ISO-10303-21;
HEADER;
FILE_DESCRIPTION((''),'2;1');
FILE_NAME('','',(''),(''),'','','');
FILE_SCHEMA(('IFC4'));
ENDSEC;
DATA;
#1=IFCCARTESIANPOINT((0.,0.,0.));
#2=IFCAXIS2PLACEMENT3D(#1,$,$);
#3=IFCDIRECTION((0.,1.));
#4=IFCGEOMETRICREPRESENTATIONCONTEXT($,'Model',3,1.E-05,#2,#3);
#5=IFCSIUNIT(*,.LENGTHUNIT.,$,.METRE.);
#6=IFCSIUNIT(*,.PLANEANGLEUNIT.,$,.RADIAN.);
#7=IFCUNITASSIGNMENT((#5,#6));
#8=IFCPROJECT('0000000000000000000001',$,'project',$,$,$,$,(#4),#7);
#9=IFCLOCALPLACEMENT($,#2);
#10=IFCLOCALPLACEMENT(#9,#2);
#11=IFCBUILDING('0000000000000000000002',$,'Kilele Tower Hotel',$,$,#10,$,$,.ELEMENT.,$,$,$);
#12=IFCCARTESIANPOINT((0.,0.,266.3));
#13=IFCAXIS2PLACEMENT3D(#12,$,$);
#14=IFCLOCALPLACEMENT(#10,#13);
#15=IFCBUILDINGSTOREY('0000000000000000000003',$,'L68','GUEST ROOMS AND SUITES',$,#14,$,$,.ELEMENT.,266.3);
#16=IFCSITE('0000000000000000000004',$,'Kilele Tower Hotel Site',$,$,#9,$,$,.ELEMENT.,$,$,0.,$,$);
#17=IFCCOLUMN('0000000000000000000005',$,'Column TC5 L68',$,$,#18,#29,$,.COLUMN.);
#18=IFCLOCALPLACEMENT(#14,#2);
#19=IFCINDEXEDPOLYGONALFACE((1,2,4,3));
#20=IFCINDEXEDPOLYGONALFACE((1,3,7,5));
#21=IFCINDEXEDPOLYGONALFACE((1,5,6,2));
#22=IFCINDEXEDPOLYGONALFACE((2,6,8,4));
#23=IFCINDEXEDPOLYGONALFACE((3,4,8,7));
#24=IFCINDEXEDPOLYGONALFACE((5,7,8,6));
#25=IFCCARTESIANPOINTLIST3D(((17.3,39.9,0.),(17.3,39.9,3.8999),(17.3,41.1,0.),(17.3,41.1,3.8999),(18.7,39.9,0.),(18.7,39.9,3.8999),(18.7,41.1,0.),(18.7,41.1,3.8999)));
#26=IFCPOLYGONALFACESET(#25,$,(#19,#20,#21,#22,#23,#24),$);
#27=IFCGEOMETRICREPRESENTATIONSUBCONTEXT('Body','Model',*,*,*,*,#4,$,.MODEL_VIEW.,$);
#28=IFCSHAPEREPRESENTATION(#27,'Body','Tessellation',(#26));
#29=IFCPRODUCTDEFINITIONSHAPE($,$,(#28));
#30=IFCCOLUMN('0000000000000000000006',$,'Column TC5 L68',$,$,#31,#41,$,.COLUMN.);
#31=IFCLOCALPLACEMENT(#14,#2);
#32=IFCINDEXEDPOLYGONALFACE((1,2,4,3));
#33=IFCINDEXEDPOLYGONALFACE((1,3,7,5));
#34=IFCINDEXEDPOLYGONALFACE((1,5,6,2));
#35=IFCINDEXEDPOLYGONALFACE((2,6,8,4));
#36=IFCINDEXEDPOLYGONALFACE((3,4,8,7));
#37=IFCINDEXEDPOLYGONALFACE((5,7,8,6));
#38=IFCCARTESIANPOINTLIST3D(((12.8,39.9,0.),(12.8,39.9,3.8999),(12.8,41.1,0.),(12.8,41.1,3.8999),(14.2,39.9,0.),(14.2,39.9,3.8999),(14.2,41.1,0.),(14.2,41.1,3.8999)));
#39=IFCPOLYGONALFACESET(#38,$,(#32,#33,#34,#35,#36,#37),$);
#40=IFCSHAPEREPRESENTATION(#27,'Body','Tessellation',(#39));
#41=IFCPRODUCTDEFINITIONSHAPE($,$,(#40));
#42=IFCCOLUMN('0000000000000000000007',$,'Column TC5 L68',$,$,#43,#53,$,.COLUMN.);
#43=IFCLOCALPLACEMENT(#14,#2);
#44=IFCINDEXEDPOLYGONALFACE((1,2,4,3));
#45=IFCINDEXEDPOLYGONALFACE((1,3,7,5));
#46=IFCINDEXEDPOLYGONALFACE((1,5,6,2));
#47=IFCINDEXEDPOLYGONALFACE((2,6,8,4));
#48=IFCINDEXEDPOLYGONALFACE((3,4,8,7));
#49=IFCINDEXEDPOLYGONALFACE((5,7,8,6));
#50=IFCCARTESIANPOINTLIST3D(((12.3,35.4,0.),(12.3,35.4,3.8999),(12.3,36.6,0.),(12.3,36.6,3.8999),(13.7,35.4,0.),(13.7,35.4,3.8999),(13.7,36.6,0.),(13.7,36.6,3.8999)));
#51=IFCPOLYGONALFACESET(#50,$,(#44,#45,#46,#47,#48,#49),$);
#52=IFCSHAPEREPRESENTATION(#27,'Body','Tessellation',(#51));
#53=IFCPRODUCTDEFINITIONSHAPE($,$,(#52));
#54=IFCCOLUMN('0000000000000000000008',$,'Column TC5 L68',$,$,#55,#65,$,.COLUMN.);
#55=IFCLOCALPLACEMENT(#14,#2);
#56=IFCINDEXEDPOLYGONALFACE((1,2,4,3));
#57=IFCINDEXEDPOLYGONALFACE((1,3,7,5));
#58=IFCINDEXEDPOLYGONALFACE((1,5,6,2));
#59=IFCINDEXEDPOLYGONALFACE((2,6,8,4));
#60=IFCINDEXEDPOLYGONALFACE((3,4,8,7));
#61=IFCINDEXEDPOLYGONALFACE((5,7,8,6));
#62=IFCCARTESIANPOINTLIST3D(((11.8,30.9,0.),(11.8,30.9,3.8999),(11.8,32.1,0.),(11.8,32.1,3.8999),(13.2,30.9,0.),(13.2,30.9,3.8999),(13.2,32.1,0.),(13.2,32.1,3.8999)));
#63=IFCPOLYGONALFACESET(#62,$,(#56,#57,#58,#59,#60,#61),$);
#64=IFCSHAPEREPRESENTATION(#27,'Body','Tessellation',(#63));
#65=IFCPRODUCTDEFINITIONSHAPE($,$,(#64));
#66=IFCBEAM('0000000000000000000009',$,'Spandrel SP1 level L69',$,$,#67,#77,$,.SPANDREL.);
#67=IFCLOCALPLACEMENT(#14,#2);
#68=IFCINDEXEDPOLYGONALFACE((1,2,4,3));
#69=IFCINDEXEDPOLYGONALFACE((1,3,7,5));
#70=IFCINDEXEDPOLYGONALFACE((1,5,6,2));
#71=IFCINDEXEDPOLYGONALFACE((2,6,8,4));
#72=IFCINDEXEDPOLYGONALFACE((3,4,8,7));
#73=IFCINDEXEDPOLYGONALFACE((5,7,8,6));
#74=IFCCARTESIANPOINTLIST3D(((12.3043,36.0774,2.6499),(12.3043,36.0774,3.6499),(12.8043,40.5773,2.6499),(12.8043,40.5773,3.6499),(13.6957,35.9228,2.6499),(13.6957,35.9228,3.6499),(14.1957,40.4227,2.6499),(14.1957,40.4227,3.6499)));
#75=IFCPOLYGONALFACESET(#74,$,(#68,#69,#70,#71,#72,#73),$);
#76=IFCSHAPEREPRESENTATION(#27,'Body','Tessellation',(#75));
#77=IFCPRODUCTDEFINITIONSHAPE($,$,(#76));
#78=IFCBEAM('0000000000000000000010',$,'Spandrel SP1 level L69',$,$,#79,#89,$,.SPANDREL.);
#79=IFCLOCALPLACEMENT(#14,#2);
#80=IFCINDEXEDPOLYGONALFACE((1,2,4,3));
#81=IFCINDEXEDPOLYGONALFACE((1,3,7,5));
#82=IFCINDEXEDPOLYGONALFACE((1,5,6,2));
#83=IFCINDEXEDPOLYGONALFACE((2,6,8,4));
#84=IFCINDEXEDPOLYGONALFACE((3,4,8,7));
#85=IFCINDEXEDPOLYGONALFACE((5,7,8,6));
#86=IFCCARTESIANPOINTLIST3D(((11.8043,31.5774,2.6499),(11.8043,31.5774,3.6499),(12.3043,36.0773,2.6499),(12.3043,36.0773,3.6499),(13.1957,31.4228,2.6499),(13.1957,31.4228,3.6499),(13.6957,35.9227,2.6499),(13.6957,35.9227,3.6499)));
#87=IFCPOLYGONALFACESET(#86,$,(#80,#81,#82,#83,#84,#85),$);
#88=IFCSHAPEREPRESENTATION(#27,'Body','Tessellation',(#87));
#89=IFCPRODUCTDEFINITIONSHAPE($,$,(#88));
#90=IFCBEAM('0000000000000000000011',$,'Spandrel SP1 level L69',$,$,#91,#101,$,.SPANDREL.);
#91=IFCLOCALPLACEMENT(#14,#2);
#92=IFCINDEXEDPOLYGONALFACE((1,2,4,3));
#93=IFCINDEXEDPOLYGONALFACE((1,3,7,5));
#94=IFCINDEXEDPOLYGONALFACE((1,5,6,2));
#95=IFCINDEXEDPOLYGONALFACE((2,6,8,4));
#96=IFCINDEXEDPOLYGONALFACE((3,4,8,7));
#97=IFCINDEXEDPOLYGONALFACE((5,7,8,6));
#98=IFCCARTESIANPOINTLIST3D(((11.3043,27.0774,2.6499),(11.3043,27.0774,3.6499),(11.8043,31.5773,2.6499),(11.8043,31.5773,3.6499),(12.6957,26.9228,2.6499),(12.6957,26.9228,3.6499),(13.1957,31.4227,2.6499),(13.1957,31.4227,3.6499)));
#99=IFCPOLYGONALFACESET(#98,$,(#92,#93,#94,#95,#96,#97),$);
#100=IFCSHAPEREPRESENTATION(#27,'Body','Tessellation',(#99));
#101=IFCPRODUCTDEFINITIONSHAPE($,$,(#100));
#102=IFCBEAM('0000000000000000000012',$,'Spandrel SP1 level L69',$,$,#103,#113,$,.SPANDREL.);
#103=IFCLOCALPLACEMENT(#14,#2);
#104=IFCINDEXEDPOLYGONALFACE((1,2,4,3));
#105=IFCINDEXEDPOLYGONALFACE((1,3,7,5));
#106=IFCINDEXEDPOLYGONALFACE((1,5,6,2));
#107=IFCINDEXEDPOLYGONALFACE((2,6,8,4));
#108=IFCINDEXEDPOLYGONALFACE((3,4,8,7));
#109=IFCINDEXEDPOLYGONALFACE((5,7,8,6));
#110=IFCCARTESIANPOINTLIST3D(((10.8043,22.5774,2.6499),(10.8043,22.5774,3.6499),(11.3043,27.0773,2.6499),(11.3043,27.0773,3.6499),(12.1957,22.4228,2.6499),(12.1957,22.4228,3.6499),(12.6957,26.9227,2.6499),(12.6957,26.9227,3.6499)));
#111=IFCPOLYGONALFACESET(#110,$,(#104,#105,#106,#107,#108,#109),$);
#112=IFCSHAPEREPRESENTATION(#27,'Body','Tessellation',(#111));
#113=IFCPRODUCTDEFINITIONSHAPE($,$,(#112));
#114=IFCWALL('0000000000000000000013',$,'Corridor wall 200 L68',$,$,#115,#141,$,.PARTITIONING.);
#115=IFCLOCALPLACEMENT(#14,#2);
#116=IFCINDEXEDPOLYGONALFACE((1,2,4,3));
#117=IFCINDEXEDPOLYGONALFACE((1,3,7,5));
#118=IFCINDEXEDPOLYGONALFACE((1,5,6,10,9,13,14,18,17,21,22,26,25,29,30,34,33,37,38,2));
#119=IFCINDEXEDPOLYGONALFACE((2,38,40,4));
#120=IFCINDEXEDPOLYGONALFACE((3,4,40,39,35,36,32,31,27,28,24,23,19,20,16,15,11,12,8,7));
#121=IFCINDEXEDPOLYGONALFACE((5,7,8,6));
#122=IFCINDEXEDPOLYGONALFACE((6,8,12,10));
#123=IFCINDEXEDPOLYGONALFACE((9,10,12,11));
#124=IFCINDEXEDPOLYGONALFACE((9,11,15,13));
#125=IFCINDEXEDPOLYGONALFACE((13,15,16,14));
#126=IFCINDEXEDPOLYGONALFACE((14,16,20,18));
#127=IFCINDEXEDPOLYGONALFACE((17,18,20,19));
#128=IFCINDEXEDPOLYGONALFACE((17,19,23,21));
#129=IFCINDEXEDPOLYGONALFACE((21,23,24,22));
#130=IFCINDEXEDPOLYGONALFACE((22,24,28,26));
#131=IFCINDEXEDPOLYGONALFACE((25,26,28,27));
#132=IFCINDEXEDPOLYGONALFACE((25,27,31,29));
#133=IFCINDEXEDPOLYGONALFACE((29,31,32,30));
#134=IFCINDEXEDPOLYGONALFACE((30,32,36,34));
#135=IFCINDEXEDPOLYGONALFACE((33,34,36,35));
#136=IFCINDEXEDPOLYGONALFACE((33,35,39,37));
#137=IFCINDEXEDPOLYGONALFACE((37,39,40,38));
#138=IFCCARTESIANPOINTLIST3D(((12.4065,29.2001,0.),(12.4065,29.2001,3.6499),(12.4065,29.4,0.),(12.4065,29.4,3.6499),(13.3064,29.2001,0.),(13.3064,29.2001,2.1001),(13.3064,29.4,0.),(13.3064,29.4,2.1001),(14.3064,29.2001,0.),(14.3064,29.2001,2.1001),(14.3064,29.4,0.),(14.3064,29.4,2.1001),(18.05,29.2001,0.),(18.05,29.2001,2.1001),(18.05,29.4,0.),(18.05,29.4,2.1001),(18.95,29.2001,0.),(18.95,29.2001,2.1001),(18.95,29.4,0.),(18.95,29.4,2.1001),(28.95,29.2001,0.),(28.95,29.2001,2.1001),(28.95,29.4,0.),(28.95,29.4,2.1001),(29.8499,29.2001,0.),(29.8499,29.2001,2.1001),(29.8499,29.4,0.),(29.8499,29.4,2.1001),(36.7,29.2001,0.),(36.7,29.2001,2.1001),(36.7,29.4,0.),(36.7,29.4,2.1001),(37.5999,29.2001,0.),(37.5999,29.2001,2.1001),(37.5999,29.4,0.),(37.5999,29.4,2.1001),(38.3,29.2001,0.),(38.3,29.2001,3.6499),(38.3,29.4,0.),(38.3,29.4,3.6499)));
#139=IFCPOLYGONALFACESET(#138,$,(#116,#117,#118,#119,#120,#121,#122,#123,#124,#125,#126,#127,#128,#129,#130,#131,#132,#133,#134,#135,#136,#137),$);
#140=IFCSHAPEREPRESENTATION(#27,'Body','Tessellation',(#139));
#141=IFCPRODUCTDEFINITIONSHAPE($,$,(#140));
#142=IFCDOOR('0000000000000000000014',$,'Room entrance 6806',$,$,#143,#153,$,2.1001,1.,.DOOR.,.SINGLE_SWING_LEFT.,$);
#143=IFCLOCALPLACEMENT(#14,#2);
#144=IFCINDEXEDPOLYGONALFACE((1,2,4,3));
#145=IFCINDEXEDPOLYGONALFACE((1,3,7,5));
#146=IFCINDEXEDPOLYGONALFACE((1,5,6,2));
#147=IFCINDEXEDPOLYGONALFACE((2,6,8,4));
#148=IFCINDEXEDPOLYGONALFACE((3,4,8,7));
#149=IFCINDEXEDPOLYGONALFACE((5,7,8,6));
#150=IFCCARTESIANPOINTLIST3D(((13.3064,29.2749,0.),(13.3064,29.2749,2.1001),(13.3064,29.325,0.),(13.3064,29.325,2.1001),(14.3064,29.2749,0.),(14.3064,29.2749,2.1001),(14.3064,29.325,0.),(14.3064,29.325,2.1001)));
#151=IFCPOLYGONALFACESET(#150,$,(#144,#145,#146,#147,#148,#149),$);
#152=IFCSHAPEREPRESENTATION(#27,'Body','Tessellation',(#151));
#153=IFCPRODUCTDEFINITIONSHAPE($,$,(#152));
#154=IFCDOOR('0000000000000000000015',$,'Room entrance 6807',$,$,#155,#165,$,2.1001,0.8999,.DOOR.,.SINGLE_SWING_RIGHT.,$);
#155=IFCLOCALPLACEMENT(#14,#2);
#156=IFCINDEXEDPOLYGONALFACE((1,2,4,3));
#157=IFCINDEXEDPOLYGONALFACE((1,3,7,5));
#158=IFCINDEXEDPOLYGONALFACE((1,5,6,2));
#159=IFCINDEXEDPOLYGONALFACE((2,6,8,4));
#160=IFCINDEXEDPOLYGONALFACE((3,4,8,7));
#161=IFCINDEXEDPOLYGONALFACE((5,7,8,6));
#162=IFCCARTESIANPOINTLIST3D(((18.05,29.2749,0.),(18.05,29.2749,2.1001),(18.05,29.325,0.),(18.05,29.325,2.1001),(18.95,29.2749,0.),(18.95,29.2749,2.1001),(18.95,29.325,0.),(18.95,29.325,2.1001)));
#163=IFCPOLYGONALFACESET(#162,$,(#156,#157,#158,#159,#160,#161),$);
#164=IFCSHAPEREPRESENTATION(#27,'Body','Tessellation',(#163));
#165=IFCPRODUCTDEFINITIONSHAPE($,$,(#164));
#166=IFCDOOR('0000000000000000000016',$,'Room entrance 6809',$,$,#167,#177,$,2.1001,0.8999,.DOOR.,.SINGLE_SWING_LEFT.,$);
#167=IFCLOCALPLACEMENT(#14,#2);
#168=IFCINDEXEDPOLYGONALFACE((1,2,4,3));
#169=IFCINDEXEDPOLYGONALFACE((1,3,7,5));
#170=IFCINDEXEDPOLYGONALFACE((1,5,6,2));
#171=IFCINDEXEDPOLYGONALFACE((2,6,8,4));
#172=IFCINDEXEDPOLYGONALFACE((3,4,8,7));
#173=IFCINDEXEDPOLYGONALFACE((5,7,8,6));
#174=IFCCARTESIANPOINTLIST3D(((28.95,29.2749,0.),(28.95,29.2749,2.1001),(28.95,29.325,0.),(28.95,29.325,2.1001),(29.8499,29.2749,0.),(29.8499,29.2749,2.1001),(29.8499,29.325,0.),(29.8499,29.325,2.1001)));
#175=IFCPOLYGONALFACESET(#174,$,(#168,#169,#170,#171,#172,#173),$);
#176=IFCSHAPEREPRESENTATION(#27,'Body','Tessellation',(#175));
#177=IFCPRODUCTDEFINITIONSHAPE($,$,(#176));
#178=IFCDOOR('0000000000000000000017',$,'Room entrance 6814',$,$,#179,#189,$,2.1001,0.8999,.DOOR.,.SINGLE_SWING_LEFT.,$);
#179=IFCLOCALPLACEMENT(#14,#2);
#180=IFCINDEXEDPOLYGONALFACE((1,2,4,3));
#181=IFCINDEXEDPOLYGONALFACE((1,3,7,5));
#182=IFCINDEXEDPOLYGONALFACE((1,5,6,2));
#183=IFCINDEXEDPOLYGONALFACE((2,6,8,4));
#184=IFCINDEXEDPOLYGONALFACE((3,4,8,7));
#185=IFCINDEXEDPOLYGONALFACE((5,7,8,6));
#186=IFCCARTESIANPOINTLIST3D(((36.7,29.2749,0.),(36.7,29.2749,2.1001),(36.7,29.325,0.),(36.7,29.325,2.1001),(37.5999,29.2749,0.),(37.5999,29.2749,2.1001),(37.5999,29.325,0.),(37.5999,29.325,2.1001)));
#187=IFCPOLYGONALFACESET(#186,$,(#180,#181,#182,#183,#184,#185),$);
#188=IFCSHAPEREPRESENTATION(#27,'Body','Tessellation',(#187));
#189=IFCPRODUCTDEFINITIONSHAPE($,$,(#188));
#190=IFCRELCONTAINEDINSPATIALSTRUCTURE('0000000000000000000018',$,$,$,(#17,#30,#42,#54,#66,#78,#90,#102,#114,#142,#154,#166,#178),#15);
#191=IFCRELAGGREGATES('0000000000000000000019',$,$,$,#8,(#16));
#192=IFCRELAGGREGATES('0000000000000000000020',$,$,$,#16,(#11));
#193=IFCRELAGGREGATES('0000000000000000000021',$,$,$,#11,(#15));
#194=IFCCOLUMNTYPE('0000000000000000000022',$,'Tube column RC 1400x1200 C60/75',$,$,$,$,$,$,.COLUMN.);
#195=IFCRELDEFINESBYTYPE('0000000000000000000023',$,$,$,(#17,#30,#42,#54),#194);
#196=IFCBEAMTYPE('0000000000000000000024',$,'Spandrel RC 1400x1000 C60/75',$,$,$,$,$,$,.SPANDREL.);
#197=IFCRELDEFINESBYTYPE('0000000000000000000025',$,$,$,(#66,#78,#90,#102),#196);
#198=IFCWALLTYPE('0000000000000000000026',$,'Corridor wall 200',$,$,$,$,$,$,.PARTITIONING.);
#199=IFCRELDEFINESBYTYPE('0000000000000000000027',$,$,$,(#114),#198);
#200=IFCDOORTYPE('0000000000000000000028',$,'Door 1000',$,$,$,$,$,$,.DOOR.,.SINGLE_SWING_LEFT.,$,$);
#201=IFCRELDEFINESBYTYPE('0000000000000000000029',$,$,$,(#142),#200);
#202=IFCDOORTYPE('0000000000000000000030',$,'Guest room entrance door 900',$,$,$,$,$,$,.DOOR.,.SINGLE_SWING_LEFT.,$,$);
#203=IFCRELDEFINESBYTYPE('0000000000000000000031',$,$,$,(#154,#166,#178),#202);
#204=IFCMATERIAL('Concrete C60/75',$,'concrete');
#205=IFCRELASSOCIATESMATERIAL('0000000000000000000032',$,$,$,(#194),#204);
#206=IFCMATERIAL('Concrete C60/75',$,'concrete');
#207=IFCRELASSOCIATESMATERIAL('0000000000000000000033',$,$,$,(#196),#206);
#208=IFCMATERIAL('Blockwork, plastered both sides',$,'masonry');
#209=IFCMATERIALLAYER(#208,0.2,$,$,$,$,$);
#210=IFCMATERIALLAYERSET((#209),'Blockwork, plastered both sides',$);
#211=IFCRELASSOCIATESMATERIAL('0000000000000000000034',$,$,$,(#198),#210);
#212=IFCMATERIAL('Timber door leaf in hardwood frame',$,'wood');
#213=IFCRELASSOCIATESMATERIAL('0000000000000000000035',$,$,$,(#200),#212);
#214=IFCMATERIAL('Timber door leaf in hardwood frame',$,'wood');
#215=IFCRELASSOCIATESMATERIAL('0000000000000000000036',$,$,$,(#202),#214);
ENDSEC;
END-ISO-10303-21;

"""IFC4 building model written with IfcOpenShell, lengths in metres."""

from ifc_helpers import new_model, si_unit, direction, frame, frame_2d, origin, origin_2d, place, context, subcontext, project, spatial, rectangle, extrude, material, layer, layer_set, material_profile, profile_set, type_object, element, fill, save


model = new_model("IFC4")

# Units and contexts
model_context = context("Model", 3, precision=1e-05, world=origin(), true_north=direction((0.0, 1.0)))
body_context = subcontext(model_context, "Body", "Model", "MODEL_VIEW")
ifc_project = project(units=[si_unit("LENGTHUNIT", "METRE"), si_unit("PLANEANGLEUNIT", "RADIAN")], contexts=[model_context])

# Site, building, storey
site_placement = place(None, origin())
site = spatial("IfcSite", under=ifc_project, at=site_placement, Name="Kilele Tower Hotel Site", CompositionType="ELEMENT", RefElevation=0.0)
building_placement = place(site_placement, origin())
building = spatial("IfcBuilding", under=site, at=building_placement, Name="Kilele Tower Hotel", CompositionType="ELEMENT")
storey_placement = place(building_placement, frame((0.0, 0.0, 266.3)))
storey = spatial("IfcBuildingStorey", under=building, at=storey_placement, Name="L68", Description="GUEST ROOMS AND SUITES", CompositionType="ELEMENT", Elevation=266.3)

# Columns
ifc_material_1 = material(Name="Concrete C60/75", Category="concrete")
ifc_material_profile_1 = material_profile(ifc_material_1, rectangle(XDim=1.3999, YDim=1.2, at=origin_2d()))
ifc_profile_set_1 = profile_set([ifc_material_profile_1], Name="Concrete C60/75")
column_type = type_object("IfcColumnType", Name="Tube column RC 1400x1200 C60/75", PredefinedType="COLUMN", material=ifc_profile_set_1)
for number, where, z_axis, x_axis, name in (
    (1, (18.0, 40.5, 0.0), (0.0, 0.0, 1.0), (1.0, 0.0, 0.0), "Column TC5 L68"),
    (2, (13.5, 40.5, 0.0), (0.0, 0.0, 1.0), (1.0, 0.0, 0.0), "Column TC5 L68"),
    (3, (13.0, 36.0, 0.0), (0.0, 0.0, 1.0), (1.0, 0.0, 0.0), "Column TC5 L68"),
    (4, (12.5, 31.5, 0.0), (0.0, 0.0, 1.0), (1.0, 0.0, 0.0), "Column TC5 L68"),
):
    element("IfcColumn", number, at=place(storey_placement, frame(where, z_axis=z_axis, x_axis=x_axis)), inside=storey, type_object=column_type, Name=name, PredefinedType="COLUMN", context=body_context, shape_type="SweptSolid", body=[
        extrude(rectangle(XDim=1.3999, YDim=1.2, at=origin_2d()), origin(), (0.0, 0.0, 1.0), 3.8999),
    ])

# Beams
ifc_material_2 = material(Name="Concrete C60/75", Category="concrete")
ifc_material_profile_2 = material_profile(ifc_material_2, rectangle(XDim=1.3999, YDim=1.0, at=origin_2d()))
ifc_profile_set_2 = profile_set([ifc_material_profile_2], Name="Concrete C60/75")
beam_type = type_object("IfcBeamType", Name="Spandrel RC 1400x1000 C60/75", PredefinedType="SPANDREL", material=ifc_profile_set_2)
for number, where, z_axis, x_axis, name in (
    (5, (13.5, 40.5, 3.1499), (-0.110432, -0.993884, 0.0), (0.993884, -0.110432, 0.0), "Spandrel SP1 level L69"),
    (6, (13.0, 36.0, 3.1499), (-0.110432, -0.993884, 0.0), (0.993884, -0.110432, 0.0), "Spandrel SP1 level L69"),
    (7, (12.5, 31.5, 3.1499), (-0.110432, -0.993884, 0.0), (0.993884, -0.110432, 0.0), "Spandrel SP1 level L69"),
    (8, (12.0, 27.0, 3.1499), (-0.110432, -0.993884, 0.0), (0.993884, -0.110432, 0.0), "Spandrel SP1 level L69"),
):
    element("IfcBeam", number, at=place(storey_placement, frame(where, z_axis=z_axis, x_axis=x_axis)), inside=storey, type_object=beam_type, Name=name, PredefinedType="SPANDREL", context=body_context, shape_type="SweptSolid", body=[
        extrude(rectangle(XDim=1.3999, YDim=1.0, at=origin_2d()), origin(), (0.0, 0.0, 1.0), 4.5276),
    ])

# Wall, openings, doors
ifc_material_3 = material(Name="Blockwork, plastered both sides", Category="masonry")
ifc_layer_1 = layer(ifc_material_3, 0.2)
ifc_layer_set_1 = layer_set([ifc_layer_1], Name="Blockwork, plastered both sides")
wall_type_1 = type_object("IfcWallType", Name="Corridor wall 200", PredefinedType="PARTITIONING", material=ifc_layer_set_1)
wall_1_placement = place(storey_placement, frame((12.4065, 29.3, 0.0), z_axis=(0.0, 0.0, 1.0), x_axis=(1.0, 0.0, 0.0)))
wall_1 = element("IfcWall", 9, at=wall_1_placement, inside=storey, type_object=wall_type_1, Name="Corridor wall 200 L68", PredefinedType="PARTITIONING", context=body_context, shape_type="SweptSolid", body=[
    extrude(rectangle(XDim=25.8936, YDim=0.2, at=frame_2d((12.9468, 0.0))), origin(), (0.0, 0.0, 1.0), 3.6499),
])
opening_1_placement = place(wall_1_placement, frame((0.8999, 0.0, 0.0)))
opening_1 = element("IfcOpeningElement", 10, at=opening_1_placement, cuts=wall_1, PredefinedType="OPENING", context=body_context, shape_type="SweptSolid", body=[
    extrude(rectangle(XDim=1.0, YDim=2.1001, at=frame_2d((0.5, 1.05))), frame((0.0, 0.1099, 0.0), z_axis=(0.0, -1.0, 0.0), x_axis=(1.0, 0.0, 0.0)), (0.0, 0.0, 1.0), 0.22),
])
opening_2_placement = place(wall_1_placement, frame((5.6436, 0.0, 0.0)))
opening_2 = element("IfcOpeningElement", 11, at=opening_2_placement, cuts=wall_1, PredefinedType="OPENING", context=body_context, shape_type="SweptSolid", body=[
    extrude(rectangle(XDim=0.8999, YDim=2.1001, at=frame_2d((0.45, 1.05))), frame((0.0, 0.1099, 0.0), z_axis=(0.0, -1.0, 0.0), x_axis=(1.0, 0.0, 0.0)), (0.0, 0.0, 1.0), 0.22),
])
opening_3_placement = place(wall_1_placement, frame((16.5435, 0.0, 0.0)))
opening_3 = element("IfcOpeningElement", 12, at=opening_3_placement, cuts=wall_1, PredefinedType="OPENING", context=body_context, shape_type="SweptSolid", body=[
    extrude(rectangle(XDim=0.8999, YDim=2.1001, at=frame_2d((0.45, 1.05))), frame((0.0, 0.1099, 0.0), z_axis=(0.0, -1.0, 0.0), x_axis=(1.0, 0.0, 0.0)), (0.0, 0.0, 1.0), 0.22),
])
opening_4_placement = place(wall_1_placement, frame((24.2935, 0.0, 0.0)))
opening_4 = element("IfcOpeningElement", 13, at=opening_4_placement, cuts=wall_1, PredefinedType="OPENING", context=body_context, shape_type="SweptSolid", body=[
    extrude(rectangle(XDim=0.8999, YDim=2.1001, at=frame_2d((0.45, 1.05))), frame((0.0, 0.1099, 0.0), z_axis=(0.0, -1.0, 0.0), x_axis=(1.0, 0.0, 0.0)), (0.0, 0.0, 1.0), 0.22),
])
ifc_material_4 = material(Name="Timber door leaf in hardwood frame", Category="wood")
door_type_1 = type_object("IfcDoorType", Name="Door 1000", OperationType="SINGLE_SWING_LEFT", PredefinedType="DOOR", material=ifc_material_4)
door_1_placement = place(opening_1_placement, origin())
door_1 = element("IfcDoor", 14, at=door_1_placement, inside=storey, type_object=door_type_1, Name="Room entrance 6806", OperationType="SINGLE_SWING_LEFT", OverallHeight=2.1001, OverallWidth=1.0, PredefinedType="DOOR", context=body_context, shape_type="SweptSolid", body=[
    extrude(rectangle(XDim=1.0, YDim=2.1001, at=frame_2d((0.5, 1.05))), frame((0.0, 0.0249, 0.0), z_axis=(0.0, -1.0, 0.0), x_axis=(1.0, 0.0, 0.0)), (0.0, 0.0, 1.0), 0.05),
])
fill(opening_1, door_1)
ifc_material_5 = material(Name="Timber door leaf in hardwood frame", Category="wood")
door_type_2 = type_object("IfcDoorType", Name="Guest room entrance door 900", OperationType="SINGLE_SWING_LEFT", PredefinedType="DOOR", material=ifc_material_5)
door_2_placement = place(opening_2_placement, origin())
door_2 = element("IfcDoor", 15, at=door_2_placement, inside=storey, type_object=door_type_2, Name="Room entrance 6807", OperationType="SINGLE_SWING_RIGHT", OverallHeight=2.1001, OverallWidth=0.8999, PredefinedType="DOOR", context=body_context, shape_type="SweptSolid", body=[
    extrude(rectangle(XDim=0.8999, YDim=2.1001, at=frame_2d((0.45, 1.05))), frame((0.0, 0.0249, 0.0), z_axis=(0.0, -1.0, 0.0), x_axis=(1.0, 0.0, 0.0)), (0.0, 0.0, 1.0), 0.05),
])
fill(opening_2, door_2)
door_3_placement = place(opening_3_placement, origin())
door_3 = element("IfcDoor", 16, at=door_3_placement, inside=storey, type_object=door_type_2, Name="Room entrance 6809", OperationType="SINGLE_SWING_LEFT", OverallHeight=2.1001, OverallWidth=0.8999, PredefinedType="DOOR", context=body_context, shape_type="SweptSolid", body=[
    extrude(rectangle(XDim=0.8999, YDim=2.1001, at=frame_2d((0.45, 1.05))), frame((0.0, 0.0249, 0.0), z_axis=(0.0, -1.0, 0.0), x_axis=(1.0, 0.0, 0.0)), (0.0, 0.0, 1.0), 0.05),
])
fill(opening_3, door_3)
door_4_placement = place(opening_4_placement, origin())
door_4 = element("IfcDoor", 17, at=door_4_placement, inside=storey, type_object=door_type_2, Name="Room entrance 6814", OperationType="SINGLE_SWING_LEFT", OverallHeight=2.1001, OverallWidth=0.8999, PredefinedType="DOOR", context=body_context, shape_type="SweptSolid", body=[
    extrude(rectangle(XDim=0.8999, YDim=2.1001, at=frame_2d((0.45, 1.05))), frame((0.0, 0.0249, 0.0), z_axis=(0.0, -1.0, 0.0), x_axis=(1.0, 0.0, 0.0)), (0.0, 0.0, 1.0), 0.05),
])
fill(opening_4, door_4)

save(model, "model.ifc")
